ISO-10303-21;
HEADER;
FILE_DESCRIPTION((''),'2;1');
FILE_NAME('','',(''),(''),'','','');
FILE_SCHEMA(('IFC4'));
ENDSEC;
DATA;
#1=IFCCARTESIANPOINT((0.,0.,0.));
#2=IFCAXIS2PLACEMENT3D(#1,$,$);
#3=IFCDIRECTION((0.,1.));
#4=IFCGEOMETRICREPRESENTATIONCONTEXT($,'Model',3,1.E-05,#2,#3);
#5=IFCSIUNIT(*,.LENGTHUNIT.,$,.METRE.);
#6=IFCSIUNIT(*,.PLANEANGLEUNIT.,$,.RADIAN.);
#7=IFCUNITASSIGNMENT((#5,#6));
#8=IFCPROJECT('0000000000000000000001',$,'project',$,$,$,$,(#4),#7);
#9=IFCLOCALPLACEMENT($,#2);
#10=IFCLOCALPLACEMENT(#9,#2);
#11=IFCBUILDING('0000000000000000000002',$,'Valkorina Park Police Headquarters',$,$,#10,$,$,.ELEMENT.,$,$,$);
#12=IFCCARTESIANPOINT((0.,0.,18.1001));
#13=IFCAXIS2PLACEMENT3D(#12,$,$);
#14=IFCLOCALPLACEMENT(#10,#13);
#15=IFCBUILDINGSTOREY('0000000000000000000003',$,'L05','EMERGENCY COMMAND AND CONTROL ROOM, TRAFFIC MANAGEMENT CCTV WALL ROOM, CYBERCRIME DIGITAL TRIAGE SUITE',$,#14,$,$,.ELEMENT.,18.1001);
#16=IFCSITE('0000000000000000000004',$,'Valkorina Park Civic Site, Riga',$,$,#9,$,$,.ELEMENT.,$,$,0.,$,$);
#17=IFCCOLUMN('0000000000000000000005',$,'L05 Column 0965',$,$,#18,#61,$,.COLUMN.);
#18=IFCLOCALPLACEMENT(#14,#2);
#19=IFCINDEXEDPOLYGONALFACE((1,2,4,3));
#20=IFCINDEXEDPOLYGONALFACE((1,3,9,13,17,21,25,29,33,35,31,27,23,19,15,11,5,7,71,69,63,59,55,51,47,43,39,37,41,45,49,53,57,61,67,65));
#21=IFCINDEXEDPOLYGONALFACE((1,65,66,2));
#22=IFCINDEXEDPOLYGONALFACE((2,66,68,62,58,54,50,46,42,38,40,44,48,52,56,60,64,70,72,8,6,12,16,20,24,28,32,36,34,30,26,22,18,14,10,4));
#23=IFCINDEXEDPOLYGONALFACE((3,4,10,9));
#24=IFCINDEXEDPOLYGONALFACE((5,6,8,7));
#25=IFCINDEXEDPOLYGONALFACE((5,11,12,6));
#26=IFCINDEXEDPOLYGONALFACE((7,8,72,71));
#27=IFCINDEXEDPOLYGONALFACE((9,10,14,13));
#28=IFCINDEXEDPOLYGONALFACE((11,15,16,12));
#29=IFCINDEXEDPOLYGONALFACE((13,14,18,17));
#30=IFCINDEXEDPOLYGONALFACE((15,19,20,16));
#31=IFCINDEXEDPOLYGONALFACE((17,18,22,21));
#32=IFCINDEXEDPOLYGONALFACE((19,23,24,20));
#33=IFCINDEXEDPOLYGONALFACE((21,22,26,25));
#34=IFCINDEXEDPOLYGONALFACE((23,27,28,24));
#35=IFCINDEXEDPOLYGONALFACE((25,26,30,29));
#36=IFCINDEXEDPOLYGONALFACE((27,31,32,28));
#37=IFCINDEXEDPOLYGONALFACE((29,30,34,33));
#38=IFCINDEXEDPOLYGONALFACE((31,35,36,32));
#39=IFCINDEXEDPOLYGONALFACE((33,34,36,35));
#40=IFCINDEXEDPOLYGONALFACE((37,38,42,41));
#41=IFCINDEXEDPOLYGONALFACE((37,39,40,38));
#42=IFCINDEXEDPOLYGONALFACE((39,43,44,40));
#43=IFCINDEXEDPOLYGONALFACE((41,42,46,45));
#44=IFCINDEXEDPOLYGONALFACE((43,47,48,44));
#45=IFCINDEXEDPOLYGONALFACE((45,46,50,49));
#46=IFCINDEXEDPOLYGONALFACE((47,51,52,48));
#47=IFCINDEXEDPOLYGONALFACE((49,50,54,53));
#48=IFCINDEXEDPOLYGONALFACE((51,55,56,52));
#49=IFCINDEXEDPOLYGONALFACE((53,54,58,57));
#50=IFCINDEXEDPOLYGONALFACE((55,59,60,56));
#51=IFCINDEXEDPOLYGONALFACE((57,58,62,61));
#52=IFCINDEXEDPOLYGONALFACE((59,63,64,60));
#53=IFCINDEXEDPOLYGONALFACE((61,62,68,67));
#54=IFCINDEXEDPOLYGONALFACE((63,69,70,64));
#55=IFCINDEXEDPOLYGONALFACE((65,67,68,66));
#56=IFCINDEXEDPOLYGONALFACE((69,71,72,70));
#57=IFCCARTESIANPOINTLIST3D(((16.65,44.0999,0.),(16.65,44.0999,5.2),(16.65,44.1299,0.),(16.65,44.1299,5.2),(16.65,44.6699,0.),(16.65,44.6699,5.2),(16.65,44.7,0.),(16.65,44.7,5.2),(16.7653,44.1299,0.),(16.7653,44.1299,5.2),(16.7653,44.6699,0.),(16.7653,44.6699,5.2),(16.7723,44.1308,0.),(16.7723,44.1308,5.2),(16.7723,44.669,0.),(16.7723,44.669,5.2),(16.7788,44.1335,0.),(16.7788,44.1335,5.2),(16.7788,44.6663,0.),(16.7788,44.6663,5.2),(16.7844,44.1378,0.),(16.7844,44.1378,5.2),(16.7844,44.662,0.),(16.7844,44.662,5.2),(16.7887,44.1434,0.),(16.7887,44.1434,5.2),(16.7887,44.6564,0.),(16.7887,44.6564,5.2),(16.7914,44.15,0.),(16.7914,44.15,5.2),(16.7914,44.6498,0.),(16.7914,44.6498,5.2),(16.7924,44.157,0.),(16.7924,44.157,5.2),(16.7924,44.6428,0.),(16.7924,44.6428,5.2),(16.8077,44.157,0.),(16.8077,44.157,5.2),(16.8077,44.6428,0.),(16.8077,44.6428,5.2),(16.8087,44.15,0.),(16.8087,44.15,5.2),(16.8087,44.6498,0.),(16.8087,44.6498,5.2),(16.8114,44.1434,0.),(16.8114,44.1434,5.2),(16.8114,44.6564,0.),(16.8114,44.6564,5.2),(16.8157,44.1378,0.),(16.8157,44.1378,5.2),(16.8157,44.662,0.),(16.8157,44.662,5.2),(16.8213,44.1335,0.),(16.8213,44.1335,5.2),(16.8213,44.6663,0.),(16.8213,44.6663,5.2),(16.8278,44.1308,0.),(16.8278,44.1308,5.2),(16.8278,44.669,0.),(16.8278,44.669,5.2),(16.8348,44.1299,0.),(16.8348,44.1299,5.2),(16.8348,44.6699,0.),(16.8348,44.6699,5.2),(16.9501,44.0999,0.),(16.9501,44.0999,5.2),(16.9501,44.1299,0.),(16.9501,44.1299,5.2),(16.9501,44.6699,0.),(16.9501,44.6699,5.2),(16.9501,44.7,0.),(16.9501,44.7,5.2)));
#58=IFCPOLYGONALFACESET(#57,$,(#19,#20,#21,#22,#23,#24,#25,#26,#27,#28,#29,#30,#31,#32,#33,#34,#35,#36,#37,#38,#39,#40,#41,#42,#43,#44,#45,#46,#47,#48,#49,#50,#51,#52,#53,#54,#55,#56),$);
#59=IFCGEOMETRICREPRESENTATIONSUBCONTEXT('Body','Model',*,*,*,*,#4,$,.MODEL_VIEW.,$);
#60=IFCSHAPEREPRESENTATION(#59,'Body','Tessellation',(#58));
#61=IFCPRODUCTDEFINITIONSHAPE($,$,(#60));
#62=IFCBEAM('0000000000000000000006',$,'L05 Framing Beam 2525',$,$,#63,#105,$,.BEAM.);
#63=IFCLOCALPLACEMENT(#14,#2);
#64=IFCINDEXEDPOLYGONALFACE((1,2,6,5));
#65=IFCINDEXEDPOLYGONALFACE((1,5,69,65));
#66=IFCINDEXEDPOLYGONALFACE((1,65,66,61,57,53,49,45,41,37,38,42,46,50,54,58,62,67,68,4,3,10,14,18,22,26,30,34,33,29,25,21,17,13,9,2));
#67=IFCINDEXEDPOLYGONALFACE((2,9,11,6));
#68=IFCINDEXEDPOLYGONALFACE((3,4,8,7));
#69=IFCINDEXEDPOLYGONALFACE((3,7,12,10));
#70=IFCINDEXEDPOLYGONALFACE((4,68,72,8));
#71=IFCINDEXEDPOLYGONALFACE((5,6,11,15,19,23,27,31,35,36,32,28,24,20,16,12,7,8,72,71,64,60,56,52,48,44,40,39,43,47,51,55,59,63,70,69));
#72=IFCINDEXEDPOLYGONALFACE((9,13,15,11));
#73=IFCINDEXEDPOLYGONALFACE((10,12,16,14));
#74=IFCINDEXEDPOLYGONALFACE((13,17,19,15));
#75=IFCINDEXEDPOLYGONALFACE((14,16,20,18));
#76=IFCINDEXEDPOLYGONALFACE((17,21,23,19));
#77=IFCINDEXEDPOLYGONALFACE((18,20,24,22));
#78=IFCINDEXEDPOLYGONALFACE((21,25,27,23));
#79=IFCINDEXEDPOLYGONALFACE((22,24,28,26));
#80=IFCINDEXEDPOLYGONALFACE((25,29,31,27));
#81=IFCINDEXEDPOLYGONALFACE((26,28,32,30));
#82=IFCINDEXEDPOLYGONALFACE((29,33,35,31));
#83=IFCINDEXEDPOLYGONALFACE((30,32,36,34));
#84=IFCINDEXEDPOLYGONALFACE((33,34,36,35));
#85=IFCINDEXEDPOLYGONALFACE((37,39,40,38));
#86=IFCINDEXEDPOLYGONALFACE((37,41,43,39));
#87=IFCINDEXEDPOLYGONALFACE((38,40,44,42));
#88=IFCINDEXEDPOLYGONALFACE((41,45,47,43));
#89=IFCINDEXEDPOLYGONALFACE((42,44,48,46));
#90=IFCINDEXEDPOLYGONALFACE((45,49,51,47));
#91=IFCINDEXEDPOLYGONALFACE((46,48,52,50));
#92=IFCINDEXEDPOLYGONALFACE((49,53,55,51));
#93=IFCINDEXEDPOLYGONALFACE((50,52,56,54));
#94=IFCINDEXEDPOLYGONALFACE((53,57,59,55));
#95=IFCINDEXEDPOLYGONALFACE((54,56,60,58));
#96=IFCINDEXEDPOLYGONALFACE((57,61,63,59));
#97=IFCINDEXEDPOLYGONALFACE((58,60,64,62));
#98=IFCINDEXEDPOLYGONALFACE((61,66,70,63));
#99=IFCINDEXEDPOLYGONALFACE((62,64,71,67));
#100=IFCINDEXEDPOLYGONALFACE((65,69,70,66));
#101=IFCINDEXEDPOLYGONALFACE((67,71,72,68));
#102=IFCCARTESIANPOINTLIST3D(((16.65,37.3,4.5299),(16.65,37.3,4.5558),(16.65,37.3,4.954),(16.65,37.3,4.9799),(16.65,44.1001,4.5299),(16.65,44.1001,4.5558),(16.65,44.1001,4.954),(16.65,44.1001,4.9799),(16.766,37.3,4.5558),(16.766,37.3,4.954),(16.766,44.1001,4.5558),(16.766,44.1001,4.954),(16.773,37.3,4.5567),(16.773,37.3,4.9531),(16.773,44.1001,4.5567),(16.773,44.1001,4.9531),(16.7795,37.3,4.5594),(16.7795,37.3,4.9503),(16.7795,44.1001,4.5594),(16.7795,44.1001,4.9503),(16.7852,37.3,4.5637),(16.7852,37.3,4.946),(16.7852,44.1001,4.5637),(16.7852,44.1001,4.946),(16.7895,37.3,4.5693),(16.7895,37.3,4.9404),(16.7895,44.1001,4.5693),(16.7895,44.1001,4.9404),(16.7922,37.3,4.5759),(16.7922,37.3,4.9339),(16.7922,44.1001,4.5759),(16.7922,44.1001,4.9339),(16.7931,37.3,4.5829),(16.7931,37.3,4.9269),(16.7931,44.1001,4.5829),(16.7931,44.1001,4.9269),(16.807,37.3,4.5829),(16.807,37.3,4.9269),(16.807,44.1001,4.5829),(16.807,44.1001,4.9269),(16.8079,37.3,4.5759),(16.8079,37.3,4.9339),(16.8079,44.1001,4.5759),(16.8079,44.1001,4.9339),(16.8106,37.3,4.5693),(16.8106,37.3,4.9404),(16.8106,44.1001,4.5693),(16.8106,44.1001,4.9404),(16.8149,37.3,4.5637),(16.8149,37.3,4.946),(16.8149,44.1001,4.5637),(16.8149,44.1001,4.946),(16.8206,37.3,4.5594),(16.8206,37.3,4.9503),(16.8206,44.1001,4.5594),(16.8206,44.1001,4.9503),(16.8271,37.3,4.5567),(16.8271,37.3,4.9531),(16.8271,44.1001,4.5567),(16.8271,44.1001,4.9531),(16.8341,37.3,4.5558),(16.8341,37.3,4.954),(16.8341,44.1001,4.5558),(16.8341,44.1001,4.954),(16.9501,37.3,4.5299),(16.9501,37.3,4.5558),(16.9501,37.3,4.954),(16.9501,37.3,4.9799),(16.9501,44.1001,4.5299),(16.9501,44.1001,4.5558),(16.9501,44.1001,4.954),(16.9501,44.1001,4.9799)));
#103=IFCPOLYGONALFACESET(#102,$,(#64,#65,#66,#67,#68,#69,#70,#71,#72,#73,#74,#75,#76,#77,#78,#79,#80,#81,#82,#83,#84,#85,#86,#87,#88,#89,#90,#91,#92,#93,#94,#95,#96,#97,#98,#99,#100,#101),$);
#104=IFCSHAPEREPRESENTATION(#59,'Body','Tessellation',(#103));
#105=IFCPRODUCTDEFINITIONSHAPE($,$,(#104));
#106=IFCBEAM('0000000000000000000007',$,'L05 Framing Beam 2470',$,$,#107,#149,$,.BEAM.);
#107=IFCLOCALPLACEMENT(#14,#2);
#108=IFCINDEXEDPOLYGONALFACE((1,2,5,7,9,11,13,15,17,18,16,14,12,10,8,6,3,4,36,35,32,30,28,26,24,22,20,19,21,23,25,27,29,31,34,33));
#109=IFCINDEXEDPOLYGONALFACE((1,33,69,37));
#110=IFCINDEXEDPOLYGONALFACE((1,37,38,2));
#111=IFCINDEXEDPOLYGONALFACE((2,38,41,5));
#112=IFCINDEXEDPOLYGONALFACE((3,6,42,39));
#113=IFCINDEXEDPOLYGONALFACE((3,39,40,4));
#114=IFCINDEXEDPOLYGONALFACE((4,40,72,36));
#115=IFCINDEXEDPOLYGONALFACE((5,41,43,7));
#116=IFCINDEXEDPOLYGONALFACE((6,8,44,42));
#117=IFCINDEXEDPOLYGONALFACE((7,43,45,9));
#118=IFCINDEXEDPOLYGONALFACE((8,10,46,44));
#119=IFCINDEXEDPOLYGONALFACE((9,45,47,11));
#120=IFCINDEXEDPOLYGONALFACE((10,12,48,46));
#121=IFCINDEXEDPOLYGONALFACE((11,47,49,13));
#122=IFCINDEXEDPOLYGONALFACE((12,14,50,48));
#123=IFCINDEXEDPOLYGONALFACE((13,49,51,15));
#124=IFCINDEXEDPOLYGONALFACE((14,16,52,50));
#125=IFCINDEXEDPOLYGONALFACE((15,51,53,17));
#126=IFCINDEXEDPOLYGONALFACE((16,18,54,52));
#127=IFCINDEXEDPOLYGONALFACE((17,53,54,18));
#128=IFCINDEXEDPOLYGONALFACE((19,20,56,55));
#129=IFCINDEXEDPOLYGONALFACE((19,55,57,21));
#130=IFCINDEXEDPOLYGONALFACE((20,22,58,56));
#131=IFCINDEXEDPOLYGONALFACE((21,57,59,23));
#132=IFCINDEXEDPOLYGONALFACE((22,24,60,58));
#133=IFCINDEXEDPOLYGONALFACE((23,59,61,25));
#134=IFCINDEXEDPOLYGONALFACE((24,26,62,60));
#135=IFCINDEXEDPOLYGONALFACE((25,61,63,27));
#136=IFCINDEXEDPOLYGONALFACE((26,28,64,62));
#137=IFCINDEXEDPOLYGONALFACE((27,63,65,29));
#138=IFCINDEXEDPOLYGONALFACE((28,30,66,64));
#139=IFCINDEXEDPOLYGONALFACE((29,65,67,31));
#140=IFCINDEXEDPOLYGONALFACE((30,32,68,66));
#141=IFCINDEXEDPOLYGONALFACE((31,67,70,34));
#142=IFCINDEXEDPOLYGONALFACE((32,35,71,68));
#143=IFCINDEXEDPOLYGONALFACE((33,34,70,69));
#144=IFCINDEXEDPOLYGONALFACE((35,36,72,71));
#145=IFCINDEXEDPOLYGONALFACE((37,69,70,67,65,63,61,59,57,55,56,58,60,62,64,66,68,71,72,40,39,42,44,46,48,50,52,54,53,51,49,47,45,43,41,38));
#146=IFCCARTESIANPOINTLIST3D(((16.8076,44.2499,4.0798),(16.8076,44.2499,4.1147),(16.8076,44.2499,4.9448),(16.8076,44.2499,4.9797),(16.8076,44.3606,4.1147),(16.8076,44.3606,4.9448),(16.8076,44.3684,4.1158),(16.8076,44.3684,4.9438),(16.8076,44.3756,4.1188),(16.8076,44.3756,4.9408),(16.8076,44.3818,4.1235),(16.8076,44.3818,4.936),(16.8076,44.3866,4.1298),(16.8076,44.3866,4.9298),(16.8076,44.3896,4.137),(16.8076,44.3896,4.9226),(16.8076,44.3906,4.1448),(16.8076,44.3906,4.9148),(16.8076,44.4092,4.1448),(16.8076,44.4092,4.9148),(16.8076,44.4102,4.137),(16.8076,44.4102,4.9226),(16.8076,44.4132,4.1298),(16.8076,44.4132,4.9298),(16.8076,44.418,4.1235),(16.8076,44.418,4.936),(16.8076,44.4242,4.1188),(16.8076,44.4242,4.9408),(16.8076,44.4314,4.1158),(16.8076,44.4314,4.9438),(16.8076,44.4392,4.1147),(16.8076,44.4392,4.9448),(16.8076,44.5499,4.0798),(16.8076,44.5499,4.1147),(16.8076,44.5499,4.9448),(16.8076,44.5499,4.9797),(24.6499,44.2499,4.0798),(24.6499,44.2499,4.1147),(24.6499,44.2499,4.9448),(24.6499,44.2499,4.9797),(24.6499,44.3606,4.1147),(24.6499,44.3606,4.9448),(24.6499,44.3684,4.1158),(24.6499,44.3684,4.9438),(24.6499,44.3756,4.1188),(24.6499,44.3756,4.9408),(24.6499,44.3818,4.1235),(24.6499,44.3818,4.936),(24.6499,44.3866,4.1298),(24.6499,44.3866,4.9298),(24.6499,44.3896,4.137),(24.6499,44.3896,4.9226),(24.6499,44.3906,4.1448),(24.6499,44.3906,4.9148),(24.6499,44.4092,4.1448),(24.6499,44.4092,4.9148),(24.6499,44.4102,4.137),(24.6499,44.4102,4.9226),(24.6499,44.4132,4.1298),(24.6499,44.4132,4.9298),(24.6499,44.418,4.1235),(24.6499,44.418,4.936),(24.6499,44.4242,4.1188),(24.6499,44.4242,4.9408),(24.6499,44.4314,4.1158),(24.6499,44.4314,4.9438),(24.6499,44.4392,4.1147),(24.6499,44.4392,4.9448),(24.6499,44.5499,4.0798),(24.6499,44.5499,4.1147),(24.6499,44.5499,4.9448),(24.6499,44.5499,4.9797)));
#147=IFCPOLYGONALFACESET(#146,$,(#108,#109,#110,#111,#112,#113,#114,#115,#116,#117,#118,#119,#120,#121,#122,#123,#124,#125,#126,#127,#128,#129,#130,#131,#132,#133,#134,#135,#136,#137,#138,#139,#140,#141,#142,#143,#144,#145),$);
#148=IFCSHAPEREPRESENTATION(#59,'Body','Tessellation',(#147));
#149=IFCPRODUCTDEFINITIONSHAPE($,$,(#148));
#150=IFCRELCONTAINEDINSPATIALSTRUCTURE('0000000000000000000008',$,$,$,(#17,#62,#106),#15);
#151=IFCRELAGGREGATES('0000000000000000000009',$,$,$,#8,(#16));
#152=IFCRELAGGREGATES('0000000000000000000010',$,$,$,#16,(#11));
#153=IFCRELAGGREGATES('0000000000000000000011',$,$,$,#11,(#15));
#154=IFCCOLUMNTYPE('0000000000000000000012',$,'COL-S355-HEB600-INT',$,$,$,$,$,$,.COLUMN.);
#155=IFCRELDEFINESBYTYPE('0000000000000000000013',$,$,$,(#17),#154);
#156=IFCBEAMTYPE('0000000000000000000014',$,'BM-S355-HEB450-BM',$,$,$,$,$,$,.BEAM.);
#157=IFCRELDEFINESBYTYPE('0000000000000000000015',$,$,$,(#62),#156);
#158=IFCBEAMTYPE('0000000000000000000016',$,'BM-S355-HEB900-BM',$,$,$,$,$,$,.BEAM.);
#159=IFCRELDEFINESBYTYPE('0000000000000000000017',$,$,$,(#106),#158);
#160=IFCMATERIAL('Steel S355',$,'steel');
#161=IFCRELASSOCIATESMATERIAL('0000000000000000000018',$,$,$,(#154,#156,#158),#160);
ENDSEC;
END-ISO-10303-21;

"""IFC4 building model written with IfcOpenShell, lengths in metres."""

from ifc_helpers import new_model, si_unit, direction, frame, origin, origin_2d, place, context, subcontext, project, spatial, i_section, extrude, material, material_profile, profile_set, type_object, element, save


model = new_model("IFC4")

# Units and contexts
model_context = context("Model", 3, precision=1e-05, world=origin(), true_north=direction((0.0, 1.0)))
body_context = subcontext(model_context, "Body", "Model", "MODEL_VIEW")
ifc_project = project(units=[si_unit("LENGTHUNIT", "METRE"), si_unit("PLANEANGLEUNIT", "RADIAN")], contexts=[model_context])

# Site, building, storey
site_placement = place(None, origin())
site = spatial("IfcSite", under=ifc_project, at=site_placement, Name="Valkorina Park Civic Site, Riga", CompositionType="ELEMENT", RefElevation=0.0)
building_placement = place(site_placement, origin())
building = spatial("IfcBuilding", under=site, at=building_placement, Name="Valkorina Park Police Headquarters", CompositionType="ELEMENT")
storey_placement = place(building_placement, frame((0.0, 0.0, 18.1001)))
storey = spatial("IfcBuildingStorey", under=building, at=storey_placement, Name="L05", Description="EMERGENCY COMMAND AND CONTROL ROOM, TRAFFIC MANAGEMENT CCTV WALL ROOM, CYBERCRIME DIGITAL TRIAGE SUITE", CompositionType="ELEMENT", Elevation=18.1001)

# Column
ifc_material_1 = material(Name="Steel S355", Category="steel")
ifc_material_profile_1 = material_profile(ifc_material_1, i_section(OverallWidth=0.3, OverallDepth=0.6001, WebThickness=0.0154, FlangeThickness=0.03, FilletRadius=0.0271, at=origin_2d()), Name="HEB 600")
ifc_profile_set_1 = profile_set([ifc_material_profile_1], Name="Steel S355")
column_type = type_object("IfcColumnType", Name="COL-S355-HEB600-INT", PredefinedType="COLUMN", material=ifc_profile_set_1)
column_placement = place(storey_placement, frame((16.8, 44.3999, 0.0), z_axis=(0.0, 0.0, 1.0), x_axis=(1.0, 0.0, 0.0)))
element("IfcColumn", 1, at=column_placement, inside=storey, type_object=column_type, Name="L05 Column 0965", PredefinedType="COLUMN", context=body_context, shape_type="SweptSolid", body=[
    extrude(i_section(OverallWidth=0.3, OverallDepth=0.6001, WebThickness=0.0154, FlangeThickness=0.03, FilletRadius=0.0271, at=origin_2d()), origin(), (0.0, 0.0, 1.0), 5.2),
])

# Beams
ifc_material_profile_2 = material_profile(ifc_material_1, i_section(OverallWidth=0.3, OverallDepth=0.45, WebThickness=0.0139, FlangeThickness=0.0259, FilletRadius=0.0271, at=origin_2d()), Name="HEB 450")
ifc_profile_set_2 = profile_set([ifc_material_profile_2], Name="Steel S355")
beam_type_1 = type_object("IfcBeamType", Name="BM-S355-HEB450-BM", PredefinedType="BEAM", material=ifc_profile_set_2)
beam_1_placement = place(storey_placement, frame((16.8, 37.3, 4.7549), z_axis=(0.0, 1.0, 0.0), x_axis=(-1.0, 0.0, 0.0)))
element("IfcBeam", 2, at=beam_1_placement, inside=storey, type_object=beam_type_1, Name="L05 Framing Beam 2525", PredefinedType="BEAM", context=body_context, shape_type="SweptSolid", body=[
    extrude(i_section(OverallWidth=0.3, OverallDepth=0.45, WebThickness=0.0139, FlangeThickness=0.0259, FilletRadius=0.0271, at=origin_2d()), origin(), (0.0, 0.0, 1.0), 6.8),
])
ifc_material_profile_3 = material_profile(ifc_material_1, i_section(OverallWidth=0.3, OverallDepth=0.8999, WebThickness=0.0186, FlangeThickness=0.0349, FilletRadius=0.03, at=origin_2d()), Name="HEB 900")
ifc_profile_set_3 = profile_set([ifc_material_profile_3], Name="Steel S355")
beam_type_2 = type_object("IfcBeamType", Name="BM-S355-HEB900-BM", PredefinedType="BEAM", material=ifc_profile_set_3)
beam_2_placement = place(storey_placement, frame((16.8076, 44.3999, 4.5298), z_axis=(1.0, 0.0, 0.0), x_axis=(0.0, 1.0, 0.0)))
element("IfcBeam", 3, at=beam_2_placement, inside=storey, type_object=beam_type_2, Name="L05 Framing Beam 2470", PredefinedType="BEAM", context=body_context, shape_type="SweptSolid", body=[
    extrude(i_section(OverallWidth=0.3, OverallDepth=0.8999, WebThickness=0.0186, FlangeThickness=0.0349, FilletRadius=0.03, at=origin_2d()), origin(), (0.0, 0.0, 1.0), 7.8423),
])

save(model, "model.ifc")
